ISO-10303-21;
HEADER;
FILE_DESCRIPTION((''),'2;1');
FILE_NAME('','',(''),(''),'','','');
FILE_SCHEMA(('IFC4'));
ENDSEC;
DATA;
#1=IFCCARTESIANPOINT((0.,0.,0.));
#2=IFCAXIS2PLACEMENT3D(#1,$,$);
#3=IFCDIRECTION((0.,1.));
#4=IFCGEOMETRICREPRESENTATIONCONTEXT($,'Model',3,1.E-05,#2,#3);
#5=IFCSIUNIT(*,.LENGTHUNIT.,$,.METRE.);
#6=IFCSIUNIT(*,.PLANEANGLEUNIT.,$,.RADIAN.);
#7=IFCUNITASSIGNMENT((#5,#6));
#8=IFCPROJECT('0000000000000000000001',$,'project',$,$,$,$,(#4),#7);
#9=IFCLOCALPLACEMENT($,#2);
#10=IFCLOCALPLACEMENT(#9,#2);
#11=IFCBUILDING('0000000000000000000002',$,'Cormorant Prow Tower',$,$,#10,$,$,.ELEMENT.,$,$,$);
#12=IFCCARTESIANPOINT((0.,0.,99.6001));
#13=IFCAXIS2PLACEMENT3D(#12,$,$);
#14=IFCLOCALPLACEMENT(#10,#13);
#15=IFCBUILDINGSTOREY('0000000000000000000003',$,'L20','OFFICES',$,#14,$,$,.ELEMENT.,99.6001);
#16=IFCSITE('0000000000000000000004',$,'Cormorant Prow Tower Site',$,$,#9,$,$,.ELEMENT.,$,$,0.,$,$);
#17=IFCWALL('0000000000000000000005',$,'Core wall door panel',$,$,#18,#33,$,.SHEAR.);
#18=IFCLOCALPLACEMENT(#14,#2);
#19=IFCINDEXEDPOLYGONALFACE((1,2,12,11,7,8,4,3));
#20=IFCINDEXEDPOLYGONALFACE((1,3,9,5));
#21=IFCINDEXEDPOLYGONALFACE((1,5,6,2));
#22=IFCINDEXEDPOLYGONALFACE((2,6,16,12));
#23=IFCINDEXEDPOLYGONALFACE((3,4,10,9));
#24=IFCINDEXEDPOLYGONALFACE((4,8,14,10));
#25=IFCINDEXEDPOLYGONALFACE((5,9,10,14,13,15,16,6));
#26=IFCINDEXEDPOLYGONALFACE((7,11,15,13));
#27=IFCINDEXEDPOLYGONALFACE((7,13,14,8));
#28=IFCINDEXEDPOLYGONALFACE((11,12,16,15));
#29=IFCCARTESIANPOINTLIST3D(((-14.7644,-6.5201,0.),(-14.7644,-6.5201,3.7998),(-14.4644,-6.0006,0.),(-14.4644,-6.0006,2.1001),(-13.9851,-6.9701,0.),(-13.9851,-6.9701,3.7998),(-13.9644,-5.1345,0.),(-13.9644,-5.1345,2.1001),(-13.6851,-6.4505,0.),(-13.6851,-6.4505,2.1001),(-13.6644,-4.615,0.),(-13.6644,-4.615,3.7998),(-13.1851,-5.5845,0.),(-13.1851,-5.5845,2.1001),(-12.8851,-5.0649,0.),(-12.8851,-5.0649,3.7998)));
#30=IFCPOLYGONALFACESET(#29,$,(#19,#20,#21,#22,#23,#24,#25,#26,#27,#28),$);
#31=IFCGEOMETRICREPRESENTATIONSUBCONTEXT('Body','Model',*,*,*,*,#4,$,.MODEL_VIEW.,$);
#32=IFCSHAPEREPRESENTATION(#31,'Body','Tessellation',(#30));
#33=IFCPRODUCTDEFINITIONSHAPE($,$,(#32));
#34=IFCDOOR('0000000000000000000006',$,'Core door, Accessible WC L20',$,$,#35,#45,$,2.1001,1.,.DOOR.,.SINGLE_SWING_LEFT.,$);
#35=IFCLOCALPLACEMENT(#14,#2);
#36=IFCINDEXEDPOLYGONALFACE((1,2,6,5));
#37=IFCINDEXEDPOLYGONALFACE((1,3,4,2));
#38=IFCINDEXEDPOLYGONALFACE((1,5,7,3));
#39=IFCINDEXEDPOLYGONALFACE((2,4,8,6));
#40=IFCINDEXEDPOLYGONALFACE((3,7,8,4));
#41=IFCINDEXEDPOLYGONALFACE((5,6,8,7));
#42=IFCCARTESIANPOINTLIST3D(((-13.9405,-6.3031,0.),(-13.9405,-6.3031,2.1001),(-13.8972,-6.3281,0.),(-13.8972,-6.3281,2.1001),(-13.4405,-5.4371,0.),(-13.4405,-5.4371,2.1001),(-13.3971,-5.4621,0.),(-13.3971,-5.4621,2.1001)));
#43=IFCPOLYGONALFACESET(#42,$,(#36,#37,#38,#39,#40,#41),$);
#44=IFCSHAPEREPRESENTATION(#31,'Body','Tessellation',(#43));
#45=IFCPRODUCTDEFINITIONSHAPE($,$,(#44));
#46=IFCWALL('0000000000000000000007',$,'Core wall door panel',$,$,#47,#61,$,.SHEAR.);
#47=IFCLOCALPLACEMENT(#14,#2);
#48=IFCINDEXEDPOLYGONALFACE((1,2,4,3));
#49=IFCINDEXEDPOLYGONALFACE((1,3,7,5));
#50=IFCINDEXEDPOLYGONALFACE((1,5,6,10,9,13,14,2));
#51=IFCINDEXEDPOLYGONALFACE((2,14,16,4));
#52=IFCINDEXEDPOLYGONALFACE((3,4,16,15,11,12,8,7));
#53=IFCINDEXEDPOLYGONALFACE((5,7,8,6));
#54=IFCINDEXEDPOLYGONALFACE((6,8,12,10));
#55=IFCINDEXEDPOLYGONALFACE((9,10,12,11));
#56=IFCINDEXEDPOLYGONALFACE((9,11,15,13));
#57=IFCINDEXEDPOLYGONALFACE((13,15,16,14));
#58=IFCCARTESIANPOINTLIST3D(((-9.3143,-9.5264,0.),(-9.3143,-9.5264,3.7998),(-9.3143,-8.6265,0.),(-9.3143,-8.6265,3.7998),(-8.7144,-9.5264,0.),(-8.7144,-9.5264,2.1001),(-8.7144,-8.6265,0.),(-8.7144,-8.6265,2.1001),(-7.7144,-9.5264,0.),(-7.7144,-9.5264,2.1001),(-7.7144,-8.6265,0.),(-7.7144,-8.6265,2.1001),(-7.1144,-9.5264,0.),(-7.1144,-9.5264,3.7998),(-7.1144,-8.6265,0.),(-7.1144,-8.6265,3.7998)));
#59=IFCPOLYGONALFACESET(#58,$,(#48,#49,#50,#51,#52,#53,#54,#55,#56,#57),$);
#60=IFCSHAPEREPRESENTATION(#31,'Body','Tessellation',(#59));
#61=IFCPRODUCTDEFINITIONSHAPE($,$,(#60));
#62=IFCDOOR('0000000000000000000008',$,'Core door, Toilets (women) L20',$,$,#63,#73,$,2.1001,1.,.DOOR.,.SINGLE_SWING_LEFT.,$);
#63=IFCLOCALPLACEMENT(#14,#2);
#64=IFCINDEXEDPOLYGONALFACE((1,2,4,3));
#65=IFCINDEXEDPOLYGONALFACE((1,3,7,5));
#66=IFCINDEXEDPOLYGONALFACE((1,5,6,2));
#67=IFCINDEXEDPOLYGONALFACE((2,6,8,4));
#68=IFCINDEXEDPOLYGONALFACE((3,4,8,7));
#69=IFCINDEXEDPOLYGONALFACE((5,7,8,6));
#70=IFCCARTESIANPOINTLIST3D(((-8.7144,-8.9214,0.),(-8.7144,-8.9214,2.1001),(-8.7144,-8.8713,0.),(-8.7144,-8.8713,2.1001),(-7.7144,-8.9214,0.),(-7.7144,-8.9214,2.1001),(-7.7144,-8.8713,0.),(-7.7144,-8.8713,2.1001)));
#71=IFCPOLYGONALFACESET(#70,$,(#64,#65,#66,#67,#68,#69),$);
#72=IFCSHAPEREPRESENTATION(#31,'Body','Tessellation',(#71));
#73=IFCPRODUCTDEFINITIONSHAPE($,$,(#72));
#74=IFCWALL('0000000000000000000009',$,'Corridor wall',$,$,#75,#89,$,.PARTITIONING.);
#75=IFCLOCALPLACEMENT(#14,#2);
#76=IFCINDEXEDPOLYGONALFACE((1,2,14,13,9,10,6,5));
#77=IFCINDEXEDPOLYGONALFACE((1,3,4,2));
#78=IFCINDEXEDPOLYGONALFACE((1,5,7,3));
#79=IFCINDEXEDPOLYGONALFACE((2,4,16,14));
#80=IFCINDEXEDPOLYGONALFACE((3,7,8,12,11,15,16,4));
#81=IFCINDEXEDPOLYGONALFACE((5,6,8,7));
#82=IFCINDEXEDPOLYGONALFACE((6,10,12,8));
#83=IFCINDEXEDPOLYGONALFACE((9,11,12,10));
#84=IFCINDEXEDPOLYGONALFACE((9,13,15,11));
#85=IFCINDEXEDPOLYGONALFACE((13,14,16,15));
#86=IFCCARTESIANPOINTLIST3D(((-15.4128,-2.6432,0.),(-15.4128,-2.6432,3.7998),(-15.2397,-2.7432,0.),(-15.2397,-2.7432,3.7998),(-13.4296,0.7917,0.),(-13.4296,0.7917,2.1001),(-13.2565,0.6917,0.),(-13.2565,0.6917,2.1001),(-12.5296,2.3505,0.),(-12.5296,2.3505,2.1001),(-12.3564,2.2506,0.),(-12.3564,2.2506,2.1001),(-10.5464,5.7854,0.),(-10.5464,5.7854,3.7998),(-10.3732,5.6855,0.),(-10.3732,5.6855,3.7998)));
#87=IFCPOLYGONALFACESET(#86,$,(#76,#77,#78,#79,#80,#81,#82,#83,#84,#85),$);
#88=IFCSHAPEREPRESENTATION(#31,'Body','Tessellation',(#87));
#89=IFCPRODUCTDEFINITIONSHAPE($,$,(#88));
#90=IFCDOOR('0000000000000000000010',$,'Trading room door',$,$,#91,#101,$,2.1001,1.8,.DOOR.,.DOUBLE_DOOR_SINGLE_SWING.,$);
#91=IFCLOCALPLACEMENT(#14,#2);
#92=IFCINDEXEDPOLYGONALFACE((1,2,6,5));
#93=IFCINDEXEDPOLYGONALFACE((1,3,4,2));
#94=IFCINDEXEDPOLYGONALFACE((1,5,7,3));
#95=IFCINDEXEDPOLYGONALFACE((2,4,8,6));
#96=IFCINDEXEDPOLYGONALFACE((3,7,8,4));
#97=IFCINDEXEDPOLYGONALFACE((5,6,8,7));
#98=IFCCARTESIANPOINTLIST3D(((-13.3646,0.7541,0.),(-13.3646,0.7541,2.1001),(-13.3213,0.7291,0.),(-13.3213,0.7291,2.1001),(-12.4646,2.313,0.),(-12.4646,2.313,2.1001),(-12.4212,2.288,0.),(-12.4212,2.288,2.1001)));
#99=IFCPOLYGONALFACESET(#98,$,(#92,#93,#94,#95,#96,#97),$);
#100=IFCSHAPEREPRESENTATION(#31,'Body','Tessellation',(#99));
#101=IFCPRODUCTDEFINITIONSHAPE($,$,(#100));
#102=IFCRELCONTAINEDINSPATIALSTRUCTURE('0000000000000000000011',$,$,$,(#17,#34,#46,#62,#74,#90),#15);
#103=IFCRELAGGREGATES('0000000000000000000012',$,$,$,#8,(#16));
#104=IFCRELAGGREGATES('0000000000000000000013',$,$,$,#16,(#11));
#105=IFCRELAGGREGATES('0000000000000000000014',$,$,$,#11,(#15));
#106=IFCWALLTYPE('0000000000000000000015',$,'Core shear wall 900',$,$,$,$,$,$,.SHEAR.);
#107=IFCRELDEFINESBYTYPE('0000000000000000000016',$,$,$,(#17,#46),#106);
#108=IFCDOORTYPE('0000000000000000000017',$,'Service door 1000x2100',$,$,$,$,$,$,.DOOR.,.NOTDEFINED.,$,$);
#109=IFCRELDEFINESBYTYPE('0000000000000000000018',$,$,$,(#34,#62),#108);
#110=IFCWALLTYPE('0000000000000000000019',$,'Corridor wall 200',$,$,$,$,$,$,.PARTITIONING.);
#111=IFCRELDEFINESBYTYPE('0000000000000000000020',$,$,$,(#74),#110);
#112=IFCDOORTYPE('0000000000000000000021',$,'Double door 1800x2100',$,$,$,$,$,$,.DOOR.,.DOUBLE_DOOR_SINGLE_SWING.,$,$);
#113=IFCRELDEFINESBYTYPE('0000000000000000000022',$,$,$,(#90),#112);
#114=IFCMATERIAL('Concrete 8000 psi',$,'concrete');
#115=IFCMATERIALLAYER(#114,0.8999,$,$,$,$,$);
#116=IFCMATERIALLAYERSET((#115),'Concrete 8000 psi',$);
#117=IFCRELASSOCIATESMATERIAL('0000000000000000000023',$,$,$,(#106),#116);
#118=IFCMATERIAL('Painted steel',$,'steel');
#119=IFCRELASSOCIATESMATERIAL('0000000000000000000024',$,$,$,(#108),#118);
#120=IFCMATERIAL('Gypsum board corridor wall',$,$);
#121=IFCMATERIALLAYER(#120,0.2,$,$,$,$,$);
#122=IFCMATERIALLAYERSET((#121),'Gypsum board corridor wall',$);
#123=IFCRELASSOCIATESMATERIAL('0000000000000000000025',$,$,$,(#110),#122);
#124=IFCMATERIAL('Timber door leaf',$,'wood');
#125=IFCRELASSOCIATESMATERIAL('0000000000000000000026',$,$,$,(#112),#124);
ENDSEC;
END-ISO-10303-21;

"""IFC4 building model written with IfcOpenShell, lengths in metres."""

from ifc_helpers import new_model, si_unit, direction, frame, frame_2d, origin, place, context, subcontext, project, spatial, rectangle, extrude, material, layer, layer_set, type_object, element, fill, save


model = new_model("IFC4")

# Units and contexts
model_context = context("Model", 3, precision=1e-05, world=origin(), true_north=direction((0.0, 1.0)))
body_context = subcontext(model_context, "Body", "Model", "MODEL_VIEW")
ifc_project = project(units=[si_unit("LENGTHUNIT", "METRE"), si_unit("PLANEANGLEUNIT", "RADIAN")], contexts=[model_context])

# Site, building, storey
site_placement = place(None, origin())
site = spatial("IfcSite", under=ifc_project, at=site_placement, Name="Cormorant Prow Tower Site", CompositionType="ELEMENT", RefElevation=0.0)
building_placement = place(site_placement, origin())
building = spatial("IfcBuilding", under=site, at=building_placement, Name="Cormorant Prow Tower", CompositionType="ELEMENT")
storey_placement = place(building_placement, frame((0.0, 0.0, 99.6001)))
storey = spatial("IfcBuildingStorey", under=building, at=storey_placement, Name="L20", Description="OFFICES", CompositionType="ELEMENT", Elevation=99.6001)

# Shared definitions
ifc_material_1 = material(Name="Concrete 8000 psi", Category="concrete")
ifc_layer_1 = layer(ifc_material_1, 0.8999)
ifc_layer_set_1 = layer_set([ifc_layer_1], Name="Concrete 8000 psi")
wall_type_1 = type_object("IfcWallType", Name="Core shear wall 900", PredefinedType="SHEAR", material=ifc_layer_set_1)

# Walls, openings, doors
ifc_material_2 = material(Name="Painted steel", Category="steel")
door_type_1 = type_object("IfcDoorType", Name="Service door 1000x2100", OperationType="NOTDEFINED", PredefinedType="DOOR", material=ifc_material_2)
wall_1_placement = place(storey_placement, frame((-13.2747, -4.8398, 0.0), z_axis=(0.0, 0.0, 1.0), x_axis=(-0.50003, -0.866008, 0.0)))
wall_1 = element("IfcWall", 1, at=wall_1_placement, inside=storey, type_object=wall_type_1, Name="Core wall door panel", PredefinedType="SHEAR", context=body_context, shape_type="SweptSolid", body=[
    extrude(rectangle(XDim=2.2, YDim=0.8999, at=frame_2d((1.1001, 0.0))), origin(), (0.0, 0.0, 1.0), 3.7998),
])
opening_1_placement = place(wall_1_placement, frame((0.6001, 0.0, 0.0)))
opening_1 = element("IfcOpeningElement", 2, at=opening_1_placement, cuts=wall_1, PredefinedType="OPENING", context=body_context, shape_type="SweptSolid", body=[
    extrude(rectangle(XDim=1.0, YDim=2.1001, at=frame_2d((0.5, 1.05))), frame((0.0, 0.46, 0.0), z_axis=(0.0, -1.0, 0.0), x_axis=(1.0, 0.0, 0.0)), (0.0, 0.0, 1.0), 0.9199),
])
door_1_placement = place(opening_1_placement, origin())
door_1 = element("IfcDoor", 3, at=door_1_placement, inside=storey, type_object=door_type_1, Name="Core door, Accessible WC L20", OperationType="SINGLE_SWING_LEFT", OverallHeight=2.1001, OverallWidth=1.0, PredefinedType="DOOR", context=body_context, shape_type="SweptSolid", body=[
    extrude(rectangle(XDim=1.0, YDim=2.1001, at=frame_2d((0.5, 1.05))), frame((0.0, 0.2051, 0.0), z_axis=(0.0, -1.0, 0.0), x_axis=(1.0, 0.0, 0.0)), (0.0, 0.0, 1.0), 0.05),
])
fill(opening_1, door_1)
wall_2_placement = place(storey_placement, frame((-9.3145, -9.0764, 0.0), z_axis=(0.0, 0.0, 1.0), x_axis=(1.0, 0.0, 0.0)))
wall_2 = element("IfcWall", 4, at=wall_2_placement, inside=storey, type_object=wall_type_1, Name="Core wall door panel", PredefinedType="SHEAR", context=body_context, shape_type="SweptSolid", body=[
    extrude(rectangle(XDim=2.2, YDim=0.8999, at=frame_2d((1.1001, 0.0))), origin(), (0.0, 0.0, 1.0), 3.7998),
])
opening_2_placement = place(wall_2_placement, frame((0.6001, 0.0, 0.0)))
opening_2 = element("IfcOpeningElement", 5, at=opening_2_placement, cuts=wall_2, PredefinedType="OPENING", context=body_context, shape_type="SweptSolid", body=[
    extrude(rectangle(XDim=1.0, YDim=2.1001, at=frame_2d((0.5, 1.05))), frame((0.0, 0.46, 0.0), z_axis=(0.0, -1.0, 0.0), x_axis=(1.0, 0.0, 0.0)), (0.0, 0.0, 1.0), 0.9199),
])
door_2_placement = place(opening_2_placement, origin())
door_2 = element("IfcDoor", 6, at=door_2_placement, inside=storey, type_object=door_type_1, Name="Core door, Toilets (women) L20", OperationType="SINGLE_SWING_LEFT", OverallHeight=2.1001, OverallWidth=1.0, PredefinedType="DOOR", context=body_context, shape_type="SweptSolid", body=[
    extrude(rectangle(XDim=1.0, YDim=2.1001, at=frame_2d((0.5, 1.05))), frame((0.0, 0.2051, 0.0), z_axis=(0.0, -1.0, 0.0), x_axis=(1.0, 0.0, 0.0)), (0.0, 0.0, 1.0), 0.05),
])
fill(opening_2, door_2)
ifc_material_3 = material(Name="Gypsum board corridor wall")
ifc_layer_2 = layer(ifc_material_3, 0.2)
ifc_layer_set_2 = layer_set([ifc_layer_2], Name="Gypsum board corridor wall")
wall_type_2 = type_object("IfcWallType", Name="Corridor wall 200", PredefinedType="PARTITIONING", material=ifc_layer_set_2)
wall_3_placement = place(storey_placement, frame((-15.3262, -2.6931, 0.0), z_axis=(0.0, 0.0, 1.0), x_axis=(0.500011, 0.866019, 0.0)))
wall_3 = element("IfcWall", 7, at=wall_3_placement, inside=storey, type_object=wall_type_2, Name="Corridor wall", PredefinedType="PARTITIONING", context=body_context, shape_type="SweptSolid", body=[
    extrude(rectangle(XDim=9.7327, YDim=0.2, at=frame_2d((4.8662, 0.0))), origin(), (0.0, 0.0, 1.0), 3.7998),
])
opening_3_placement = place(wall_3_placement, frame((3.9663, 0.0, 0.0)))
opening_3 = element("IfcOpeningElement", 8, at=opening_3_placement, cuts=wall_3, PredefinedType="OPENING", context=body_context, shape_type="SweptSolid", body=[
    extrude(rectangle(XDim=1.8, YDim=2.1001, at=frame_2d((0.8999, 1.05))), frame((0.0, 0.1099, 0.0), z_axis=(0.0, -1.0, 0.0), x_axis=(1.0, 0.0, 0.0)), (0.0, 0.0, 1.0), 0.22),
])
ifc_material_4 = material(Name="Timber door leaf", Category="wood")
door_type_2 = type_object("IfcDoorType", Name="Double door 1800x2100", OperationType="DOUBLE_DOOR_SINGLE_SWING", PredefinedType="DOOR", material=ifc_material_4)
door_3_placement = place(opening_3_placement, origin())
door_3 = element("IfcDoor", 9, at=door_3_placement, inside=storey, type_object=door_type_2, Name="Trading room door", OperationType="DOUBLE_DOOR_SINGLE_SWING", OverallHeight=2.1001, OverallWidth=1.8, PredefinedType="DOOR", context=body_context, shape_type="SweptSolid", body=[
    extrude(rectangle(XDim=1.8, YDim=2.1001, at=frame_2d((0.8999, 1.05))), frame((0.0, 0.0249, 0.0), z_axis=(0.0, -1.0, 0.0), x_axis=(1.0, 0.0, 0.0)), (0.0, 0.0, 1.0), 0.05),
])
fill(opening_3, door_3)

save(model, "model.ifc")
